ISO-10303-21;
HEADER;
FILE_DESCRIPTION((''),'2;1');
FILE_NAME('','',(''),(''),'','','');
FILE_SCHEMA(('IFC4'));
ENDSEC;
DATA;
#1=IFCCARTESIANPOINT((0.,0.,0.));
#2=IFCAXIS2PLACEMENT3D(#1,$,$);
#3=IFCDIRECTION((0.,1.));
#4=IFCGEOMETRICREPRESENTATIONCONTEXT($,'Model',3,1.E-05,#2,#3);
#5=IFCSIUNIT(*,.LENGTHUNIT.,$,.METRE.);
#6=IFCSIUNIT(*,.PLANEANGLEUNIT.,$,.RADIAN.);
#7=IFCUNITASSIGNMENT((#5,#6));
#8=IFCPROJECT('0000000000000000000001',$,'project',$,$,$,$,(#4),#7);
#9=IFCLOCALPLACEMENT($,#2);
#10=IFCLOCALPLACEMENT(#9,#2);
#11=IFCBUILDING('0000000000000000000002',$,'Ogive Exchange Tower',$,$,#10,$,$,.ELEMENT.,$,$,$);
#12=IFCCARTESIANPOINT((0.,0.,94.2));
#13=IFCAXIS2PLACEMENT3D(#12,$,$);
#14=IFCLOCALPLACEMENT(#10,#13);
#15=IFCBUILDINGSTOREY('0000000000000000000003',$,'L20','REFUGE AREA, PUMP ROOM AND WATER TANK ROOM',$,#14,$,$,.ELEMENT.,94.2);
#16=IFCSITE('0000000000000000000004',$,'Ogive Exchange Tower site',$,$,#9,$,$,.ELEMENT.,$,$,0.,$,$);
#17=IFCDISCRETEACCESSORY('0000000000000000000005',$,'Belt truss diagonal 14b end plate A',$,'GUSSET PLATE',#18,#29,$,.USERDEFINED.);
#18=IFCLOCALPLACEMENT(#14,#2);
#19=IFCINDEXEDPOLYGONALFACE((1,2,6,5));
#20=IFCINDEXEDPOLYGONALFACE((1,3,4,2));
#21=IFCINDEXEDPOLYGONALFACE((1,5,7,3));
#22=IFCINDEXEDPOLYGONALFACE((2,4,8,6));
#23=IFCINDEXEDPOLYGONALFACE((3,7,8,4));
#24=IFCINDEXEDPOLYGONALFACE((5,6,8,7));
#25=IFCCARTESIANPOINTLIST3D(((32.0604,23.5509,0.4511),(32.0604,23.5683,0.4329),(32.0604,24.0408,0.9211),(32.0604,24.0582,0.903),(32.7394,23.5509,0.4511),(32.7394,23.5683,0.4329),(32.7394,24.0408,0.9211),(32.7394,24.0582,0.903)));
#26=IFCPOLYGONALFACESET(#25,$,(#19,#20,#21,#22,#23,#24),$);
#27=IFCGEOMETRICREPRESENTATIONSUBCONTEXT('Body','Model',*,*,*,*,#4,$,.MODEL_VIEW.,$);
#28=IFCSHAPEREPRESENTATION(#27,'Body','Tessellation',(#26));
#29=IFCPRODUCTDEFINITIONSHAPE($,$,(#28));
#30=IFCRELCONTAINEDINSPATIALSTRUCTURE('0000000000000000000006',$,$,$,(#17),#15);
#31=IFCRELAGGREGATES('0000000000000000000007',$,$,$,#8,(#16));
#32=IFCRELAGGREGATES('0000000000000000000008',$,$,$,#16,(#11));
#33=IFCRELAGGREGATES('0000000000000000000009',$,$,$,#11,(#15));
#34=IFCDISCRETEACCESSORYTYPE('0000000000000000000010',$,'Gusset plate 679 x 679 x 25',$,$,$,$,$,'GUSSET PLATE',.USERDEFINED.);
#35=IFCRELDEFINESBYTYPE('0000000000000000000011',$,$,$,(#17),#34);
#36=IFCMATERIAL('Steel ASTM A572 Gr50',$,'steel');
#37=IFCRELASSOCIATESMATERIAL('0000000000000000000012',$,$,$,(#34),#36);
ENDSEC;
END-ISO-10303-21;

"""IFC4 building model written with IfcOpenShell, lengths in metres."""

from ifc_helpers import new_model, si_unit, direction, frame, origin, origin_2d, place, context, subcontext, project, spatial, rectangle, extrude, material, material_profile, profile_set, type_object, element, save


model = new_model("IFC4")

# Units and contexts
model_context = context("Model", 3, precision=1e-05, world=origin(), true_north=direction((0.0, 1.0)))
body_context = subcontext(model_context, "Body", "Model", "MODEL_VIEW")
ifc_project = project(units=[si_unit("LENGTHUNIT", "METRE"), si_unit("PLANEANGLEUNIT", "RADIAN")], contexts=[model_context])

# Site, building, storey
site_placement = place(None, origin())
site = spatial("IfcSite", under=ifc_project, at=site_placement, Name="Ogive Exchange Tower site", CompositionType="ELEMENT", RefElevation=0.0)
building_placement = place(site_placement, origin())
building = spatial("IfcBuilding", under=site, at=building_placement, Name="Ogive Exchange Tower", CompositionType="ELEMENT")
storey_placement = place(building_placement, frame((0.0, 0.0, 94.2)))
storey = spatial("IfcBuildingStorey", under=building, at=storey_placement, Name="L20", Description="REFUGE AREA, PUMP ROOM AND WATER TANK ROOM", CompositionType="ELEMENT", Elevation=94.2)

# Discrete accessory
ifc_material_1 = material(Name="Steel ASTM A572 Gr50", Category="steel")
ifc_material_profile_1 = material_profile(ifc_material_1, rectangle(XDim=0.679, YDim=0.679, at=origin_2d()), Name="PL 679 x 679 x 25")
ifc_profile_set_1 = profile_set([ifc_material_profile_1], Name="Steel ASTM A572 Gr50")
discrete_accessory_type_1 = type_object("IfcDiscreteAccessoryType", Name="Gusset plate 679 x 679 x 25", ElementType="GUSSET PLATE", PredefinedType="USERDEFINED", material=ifc_profile_set_1)
for number, where, z_axis, x_axis, name in (
    (1, (32.3999, 23.8132, 0.668), (0.0, -0.692329, 0.721582), (1.0, 0.0, 0.0), "Belt truss diagonal 14b end plate A"),
):
    element("IfcDiscreteAccessory", number, at=place(storey_placement, frame(where, z_axis=z_axis, x_axis=x_axis)), inside=storey, type_object=discrete_accessory_type_1, Name=name, ObjectType="GUSSET PLATE", PredefinedType="USERDEFINED", context=body_context, shape_type="SweptSolid", body=[
        extrude(rectangle(XDim=0.679, YDim=0.679, at=origin_2d()), origin(), (0.0, 0.0, 1.0), 0.0251),
    ])

save(model, "model.ifc")
